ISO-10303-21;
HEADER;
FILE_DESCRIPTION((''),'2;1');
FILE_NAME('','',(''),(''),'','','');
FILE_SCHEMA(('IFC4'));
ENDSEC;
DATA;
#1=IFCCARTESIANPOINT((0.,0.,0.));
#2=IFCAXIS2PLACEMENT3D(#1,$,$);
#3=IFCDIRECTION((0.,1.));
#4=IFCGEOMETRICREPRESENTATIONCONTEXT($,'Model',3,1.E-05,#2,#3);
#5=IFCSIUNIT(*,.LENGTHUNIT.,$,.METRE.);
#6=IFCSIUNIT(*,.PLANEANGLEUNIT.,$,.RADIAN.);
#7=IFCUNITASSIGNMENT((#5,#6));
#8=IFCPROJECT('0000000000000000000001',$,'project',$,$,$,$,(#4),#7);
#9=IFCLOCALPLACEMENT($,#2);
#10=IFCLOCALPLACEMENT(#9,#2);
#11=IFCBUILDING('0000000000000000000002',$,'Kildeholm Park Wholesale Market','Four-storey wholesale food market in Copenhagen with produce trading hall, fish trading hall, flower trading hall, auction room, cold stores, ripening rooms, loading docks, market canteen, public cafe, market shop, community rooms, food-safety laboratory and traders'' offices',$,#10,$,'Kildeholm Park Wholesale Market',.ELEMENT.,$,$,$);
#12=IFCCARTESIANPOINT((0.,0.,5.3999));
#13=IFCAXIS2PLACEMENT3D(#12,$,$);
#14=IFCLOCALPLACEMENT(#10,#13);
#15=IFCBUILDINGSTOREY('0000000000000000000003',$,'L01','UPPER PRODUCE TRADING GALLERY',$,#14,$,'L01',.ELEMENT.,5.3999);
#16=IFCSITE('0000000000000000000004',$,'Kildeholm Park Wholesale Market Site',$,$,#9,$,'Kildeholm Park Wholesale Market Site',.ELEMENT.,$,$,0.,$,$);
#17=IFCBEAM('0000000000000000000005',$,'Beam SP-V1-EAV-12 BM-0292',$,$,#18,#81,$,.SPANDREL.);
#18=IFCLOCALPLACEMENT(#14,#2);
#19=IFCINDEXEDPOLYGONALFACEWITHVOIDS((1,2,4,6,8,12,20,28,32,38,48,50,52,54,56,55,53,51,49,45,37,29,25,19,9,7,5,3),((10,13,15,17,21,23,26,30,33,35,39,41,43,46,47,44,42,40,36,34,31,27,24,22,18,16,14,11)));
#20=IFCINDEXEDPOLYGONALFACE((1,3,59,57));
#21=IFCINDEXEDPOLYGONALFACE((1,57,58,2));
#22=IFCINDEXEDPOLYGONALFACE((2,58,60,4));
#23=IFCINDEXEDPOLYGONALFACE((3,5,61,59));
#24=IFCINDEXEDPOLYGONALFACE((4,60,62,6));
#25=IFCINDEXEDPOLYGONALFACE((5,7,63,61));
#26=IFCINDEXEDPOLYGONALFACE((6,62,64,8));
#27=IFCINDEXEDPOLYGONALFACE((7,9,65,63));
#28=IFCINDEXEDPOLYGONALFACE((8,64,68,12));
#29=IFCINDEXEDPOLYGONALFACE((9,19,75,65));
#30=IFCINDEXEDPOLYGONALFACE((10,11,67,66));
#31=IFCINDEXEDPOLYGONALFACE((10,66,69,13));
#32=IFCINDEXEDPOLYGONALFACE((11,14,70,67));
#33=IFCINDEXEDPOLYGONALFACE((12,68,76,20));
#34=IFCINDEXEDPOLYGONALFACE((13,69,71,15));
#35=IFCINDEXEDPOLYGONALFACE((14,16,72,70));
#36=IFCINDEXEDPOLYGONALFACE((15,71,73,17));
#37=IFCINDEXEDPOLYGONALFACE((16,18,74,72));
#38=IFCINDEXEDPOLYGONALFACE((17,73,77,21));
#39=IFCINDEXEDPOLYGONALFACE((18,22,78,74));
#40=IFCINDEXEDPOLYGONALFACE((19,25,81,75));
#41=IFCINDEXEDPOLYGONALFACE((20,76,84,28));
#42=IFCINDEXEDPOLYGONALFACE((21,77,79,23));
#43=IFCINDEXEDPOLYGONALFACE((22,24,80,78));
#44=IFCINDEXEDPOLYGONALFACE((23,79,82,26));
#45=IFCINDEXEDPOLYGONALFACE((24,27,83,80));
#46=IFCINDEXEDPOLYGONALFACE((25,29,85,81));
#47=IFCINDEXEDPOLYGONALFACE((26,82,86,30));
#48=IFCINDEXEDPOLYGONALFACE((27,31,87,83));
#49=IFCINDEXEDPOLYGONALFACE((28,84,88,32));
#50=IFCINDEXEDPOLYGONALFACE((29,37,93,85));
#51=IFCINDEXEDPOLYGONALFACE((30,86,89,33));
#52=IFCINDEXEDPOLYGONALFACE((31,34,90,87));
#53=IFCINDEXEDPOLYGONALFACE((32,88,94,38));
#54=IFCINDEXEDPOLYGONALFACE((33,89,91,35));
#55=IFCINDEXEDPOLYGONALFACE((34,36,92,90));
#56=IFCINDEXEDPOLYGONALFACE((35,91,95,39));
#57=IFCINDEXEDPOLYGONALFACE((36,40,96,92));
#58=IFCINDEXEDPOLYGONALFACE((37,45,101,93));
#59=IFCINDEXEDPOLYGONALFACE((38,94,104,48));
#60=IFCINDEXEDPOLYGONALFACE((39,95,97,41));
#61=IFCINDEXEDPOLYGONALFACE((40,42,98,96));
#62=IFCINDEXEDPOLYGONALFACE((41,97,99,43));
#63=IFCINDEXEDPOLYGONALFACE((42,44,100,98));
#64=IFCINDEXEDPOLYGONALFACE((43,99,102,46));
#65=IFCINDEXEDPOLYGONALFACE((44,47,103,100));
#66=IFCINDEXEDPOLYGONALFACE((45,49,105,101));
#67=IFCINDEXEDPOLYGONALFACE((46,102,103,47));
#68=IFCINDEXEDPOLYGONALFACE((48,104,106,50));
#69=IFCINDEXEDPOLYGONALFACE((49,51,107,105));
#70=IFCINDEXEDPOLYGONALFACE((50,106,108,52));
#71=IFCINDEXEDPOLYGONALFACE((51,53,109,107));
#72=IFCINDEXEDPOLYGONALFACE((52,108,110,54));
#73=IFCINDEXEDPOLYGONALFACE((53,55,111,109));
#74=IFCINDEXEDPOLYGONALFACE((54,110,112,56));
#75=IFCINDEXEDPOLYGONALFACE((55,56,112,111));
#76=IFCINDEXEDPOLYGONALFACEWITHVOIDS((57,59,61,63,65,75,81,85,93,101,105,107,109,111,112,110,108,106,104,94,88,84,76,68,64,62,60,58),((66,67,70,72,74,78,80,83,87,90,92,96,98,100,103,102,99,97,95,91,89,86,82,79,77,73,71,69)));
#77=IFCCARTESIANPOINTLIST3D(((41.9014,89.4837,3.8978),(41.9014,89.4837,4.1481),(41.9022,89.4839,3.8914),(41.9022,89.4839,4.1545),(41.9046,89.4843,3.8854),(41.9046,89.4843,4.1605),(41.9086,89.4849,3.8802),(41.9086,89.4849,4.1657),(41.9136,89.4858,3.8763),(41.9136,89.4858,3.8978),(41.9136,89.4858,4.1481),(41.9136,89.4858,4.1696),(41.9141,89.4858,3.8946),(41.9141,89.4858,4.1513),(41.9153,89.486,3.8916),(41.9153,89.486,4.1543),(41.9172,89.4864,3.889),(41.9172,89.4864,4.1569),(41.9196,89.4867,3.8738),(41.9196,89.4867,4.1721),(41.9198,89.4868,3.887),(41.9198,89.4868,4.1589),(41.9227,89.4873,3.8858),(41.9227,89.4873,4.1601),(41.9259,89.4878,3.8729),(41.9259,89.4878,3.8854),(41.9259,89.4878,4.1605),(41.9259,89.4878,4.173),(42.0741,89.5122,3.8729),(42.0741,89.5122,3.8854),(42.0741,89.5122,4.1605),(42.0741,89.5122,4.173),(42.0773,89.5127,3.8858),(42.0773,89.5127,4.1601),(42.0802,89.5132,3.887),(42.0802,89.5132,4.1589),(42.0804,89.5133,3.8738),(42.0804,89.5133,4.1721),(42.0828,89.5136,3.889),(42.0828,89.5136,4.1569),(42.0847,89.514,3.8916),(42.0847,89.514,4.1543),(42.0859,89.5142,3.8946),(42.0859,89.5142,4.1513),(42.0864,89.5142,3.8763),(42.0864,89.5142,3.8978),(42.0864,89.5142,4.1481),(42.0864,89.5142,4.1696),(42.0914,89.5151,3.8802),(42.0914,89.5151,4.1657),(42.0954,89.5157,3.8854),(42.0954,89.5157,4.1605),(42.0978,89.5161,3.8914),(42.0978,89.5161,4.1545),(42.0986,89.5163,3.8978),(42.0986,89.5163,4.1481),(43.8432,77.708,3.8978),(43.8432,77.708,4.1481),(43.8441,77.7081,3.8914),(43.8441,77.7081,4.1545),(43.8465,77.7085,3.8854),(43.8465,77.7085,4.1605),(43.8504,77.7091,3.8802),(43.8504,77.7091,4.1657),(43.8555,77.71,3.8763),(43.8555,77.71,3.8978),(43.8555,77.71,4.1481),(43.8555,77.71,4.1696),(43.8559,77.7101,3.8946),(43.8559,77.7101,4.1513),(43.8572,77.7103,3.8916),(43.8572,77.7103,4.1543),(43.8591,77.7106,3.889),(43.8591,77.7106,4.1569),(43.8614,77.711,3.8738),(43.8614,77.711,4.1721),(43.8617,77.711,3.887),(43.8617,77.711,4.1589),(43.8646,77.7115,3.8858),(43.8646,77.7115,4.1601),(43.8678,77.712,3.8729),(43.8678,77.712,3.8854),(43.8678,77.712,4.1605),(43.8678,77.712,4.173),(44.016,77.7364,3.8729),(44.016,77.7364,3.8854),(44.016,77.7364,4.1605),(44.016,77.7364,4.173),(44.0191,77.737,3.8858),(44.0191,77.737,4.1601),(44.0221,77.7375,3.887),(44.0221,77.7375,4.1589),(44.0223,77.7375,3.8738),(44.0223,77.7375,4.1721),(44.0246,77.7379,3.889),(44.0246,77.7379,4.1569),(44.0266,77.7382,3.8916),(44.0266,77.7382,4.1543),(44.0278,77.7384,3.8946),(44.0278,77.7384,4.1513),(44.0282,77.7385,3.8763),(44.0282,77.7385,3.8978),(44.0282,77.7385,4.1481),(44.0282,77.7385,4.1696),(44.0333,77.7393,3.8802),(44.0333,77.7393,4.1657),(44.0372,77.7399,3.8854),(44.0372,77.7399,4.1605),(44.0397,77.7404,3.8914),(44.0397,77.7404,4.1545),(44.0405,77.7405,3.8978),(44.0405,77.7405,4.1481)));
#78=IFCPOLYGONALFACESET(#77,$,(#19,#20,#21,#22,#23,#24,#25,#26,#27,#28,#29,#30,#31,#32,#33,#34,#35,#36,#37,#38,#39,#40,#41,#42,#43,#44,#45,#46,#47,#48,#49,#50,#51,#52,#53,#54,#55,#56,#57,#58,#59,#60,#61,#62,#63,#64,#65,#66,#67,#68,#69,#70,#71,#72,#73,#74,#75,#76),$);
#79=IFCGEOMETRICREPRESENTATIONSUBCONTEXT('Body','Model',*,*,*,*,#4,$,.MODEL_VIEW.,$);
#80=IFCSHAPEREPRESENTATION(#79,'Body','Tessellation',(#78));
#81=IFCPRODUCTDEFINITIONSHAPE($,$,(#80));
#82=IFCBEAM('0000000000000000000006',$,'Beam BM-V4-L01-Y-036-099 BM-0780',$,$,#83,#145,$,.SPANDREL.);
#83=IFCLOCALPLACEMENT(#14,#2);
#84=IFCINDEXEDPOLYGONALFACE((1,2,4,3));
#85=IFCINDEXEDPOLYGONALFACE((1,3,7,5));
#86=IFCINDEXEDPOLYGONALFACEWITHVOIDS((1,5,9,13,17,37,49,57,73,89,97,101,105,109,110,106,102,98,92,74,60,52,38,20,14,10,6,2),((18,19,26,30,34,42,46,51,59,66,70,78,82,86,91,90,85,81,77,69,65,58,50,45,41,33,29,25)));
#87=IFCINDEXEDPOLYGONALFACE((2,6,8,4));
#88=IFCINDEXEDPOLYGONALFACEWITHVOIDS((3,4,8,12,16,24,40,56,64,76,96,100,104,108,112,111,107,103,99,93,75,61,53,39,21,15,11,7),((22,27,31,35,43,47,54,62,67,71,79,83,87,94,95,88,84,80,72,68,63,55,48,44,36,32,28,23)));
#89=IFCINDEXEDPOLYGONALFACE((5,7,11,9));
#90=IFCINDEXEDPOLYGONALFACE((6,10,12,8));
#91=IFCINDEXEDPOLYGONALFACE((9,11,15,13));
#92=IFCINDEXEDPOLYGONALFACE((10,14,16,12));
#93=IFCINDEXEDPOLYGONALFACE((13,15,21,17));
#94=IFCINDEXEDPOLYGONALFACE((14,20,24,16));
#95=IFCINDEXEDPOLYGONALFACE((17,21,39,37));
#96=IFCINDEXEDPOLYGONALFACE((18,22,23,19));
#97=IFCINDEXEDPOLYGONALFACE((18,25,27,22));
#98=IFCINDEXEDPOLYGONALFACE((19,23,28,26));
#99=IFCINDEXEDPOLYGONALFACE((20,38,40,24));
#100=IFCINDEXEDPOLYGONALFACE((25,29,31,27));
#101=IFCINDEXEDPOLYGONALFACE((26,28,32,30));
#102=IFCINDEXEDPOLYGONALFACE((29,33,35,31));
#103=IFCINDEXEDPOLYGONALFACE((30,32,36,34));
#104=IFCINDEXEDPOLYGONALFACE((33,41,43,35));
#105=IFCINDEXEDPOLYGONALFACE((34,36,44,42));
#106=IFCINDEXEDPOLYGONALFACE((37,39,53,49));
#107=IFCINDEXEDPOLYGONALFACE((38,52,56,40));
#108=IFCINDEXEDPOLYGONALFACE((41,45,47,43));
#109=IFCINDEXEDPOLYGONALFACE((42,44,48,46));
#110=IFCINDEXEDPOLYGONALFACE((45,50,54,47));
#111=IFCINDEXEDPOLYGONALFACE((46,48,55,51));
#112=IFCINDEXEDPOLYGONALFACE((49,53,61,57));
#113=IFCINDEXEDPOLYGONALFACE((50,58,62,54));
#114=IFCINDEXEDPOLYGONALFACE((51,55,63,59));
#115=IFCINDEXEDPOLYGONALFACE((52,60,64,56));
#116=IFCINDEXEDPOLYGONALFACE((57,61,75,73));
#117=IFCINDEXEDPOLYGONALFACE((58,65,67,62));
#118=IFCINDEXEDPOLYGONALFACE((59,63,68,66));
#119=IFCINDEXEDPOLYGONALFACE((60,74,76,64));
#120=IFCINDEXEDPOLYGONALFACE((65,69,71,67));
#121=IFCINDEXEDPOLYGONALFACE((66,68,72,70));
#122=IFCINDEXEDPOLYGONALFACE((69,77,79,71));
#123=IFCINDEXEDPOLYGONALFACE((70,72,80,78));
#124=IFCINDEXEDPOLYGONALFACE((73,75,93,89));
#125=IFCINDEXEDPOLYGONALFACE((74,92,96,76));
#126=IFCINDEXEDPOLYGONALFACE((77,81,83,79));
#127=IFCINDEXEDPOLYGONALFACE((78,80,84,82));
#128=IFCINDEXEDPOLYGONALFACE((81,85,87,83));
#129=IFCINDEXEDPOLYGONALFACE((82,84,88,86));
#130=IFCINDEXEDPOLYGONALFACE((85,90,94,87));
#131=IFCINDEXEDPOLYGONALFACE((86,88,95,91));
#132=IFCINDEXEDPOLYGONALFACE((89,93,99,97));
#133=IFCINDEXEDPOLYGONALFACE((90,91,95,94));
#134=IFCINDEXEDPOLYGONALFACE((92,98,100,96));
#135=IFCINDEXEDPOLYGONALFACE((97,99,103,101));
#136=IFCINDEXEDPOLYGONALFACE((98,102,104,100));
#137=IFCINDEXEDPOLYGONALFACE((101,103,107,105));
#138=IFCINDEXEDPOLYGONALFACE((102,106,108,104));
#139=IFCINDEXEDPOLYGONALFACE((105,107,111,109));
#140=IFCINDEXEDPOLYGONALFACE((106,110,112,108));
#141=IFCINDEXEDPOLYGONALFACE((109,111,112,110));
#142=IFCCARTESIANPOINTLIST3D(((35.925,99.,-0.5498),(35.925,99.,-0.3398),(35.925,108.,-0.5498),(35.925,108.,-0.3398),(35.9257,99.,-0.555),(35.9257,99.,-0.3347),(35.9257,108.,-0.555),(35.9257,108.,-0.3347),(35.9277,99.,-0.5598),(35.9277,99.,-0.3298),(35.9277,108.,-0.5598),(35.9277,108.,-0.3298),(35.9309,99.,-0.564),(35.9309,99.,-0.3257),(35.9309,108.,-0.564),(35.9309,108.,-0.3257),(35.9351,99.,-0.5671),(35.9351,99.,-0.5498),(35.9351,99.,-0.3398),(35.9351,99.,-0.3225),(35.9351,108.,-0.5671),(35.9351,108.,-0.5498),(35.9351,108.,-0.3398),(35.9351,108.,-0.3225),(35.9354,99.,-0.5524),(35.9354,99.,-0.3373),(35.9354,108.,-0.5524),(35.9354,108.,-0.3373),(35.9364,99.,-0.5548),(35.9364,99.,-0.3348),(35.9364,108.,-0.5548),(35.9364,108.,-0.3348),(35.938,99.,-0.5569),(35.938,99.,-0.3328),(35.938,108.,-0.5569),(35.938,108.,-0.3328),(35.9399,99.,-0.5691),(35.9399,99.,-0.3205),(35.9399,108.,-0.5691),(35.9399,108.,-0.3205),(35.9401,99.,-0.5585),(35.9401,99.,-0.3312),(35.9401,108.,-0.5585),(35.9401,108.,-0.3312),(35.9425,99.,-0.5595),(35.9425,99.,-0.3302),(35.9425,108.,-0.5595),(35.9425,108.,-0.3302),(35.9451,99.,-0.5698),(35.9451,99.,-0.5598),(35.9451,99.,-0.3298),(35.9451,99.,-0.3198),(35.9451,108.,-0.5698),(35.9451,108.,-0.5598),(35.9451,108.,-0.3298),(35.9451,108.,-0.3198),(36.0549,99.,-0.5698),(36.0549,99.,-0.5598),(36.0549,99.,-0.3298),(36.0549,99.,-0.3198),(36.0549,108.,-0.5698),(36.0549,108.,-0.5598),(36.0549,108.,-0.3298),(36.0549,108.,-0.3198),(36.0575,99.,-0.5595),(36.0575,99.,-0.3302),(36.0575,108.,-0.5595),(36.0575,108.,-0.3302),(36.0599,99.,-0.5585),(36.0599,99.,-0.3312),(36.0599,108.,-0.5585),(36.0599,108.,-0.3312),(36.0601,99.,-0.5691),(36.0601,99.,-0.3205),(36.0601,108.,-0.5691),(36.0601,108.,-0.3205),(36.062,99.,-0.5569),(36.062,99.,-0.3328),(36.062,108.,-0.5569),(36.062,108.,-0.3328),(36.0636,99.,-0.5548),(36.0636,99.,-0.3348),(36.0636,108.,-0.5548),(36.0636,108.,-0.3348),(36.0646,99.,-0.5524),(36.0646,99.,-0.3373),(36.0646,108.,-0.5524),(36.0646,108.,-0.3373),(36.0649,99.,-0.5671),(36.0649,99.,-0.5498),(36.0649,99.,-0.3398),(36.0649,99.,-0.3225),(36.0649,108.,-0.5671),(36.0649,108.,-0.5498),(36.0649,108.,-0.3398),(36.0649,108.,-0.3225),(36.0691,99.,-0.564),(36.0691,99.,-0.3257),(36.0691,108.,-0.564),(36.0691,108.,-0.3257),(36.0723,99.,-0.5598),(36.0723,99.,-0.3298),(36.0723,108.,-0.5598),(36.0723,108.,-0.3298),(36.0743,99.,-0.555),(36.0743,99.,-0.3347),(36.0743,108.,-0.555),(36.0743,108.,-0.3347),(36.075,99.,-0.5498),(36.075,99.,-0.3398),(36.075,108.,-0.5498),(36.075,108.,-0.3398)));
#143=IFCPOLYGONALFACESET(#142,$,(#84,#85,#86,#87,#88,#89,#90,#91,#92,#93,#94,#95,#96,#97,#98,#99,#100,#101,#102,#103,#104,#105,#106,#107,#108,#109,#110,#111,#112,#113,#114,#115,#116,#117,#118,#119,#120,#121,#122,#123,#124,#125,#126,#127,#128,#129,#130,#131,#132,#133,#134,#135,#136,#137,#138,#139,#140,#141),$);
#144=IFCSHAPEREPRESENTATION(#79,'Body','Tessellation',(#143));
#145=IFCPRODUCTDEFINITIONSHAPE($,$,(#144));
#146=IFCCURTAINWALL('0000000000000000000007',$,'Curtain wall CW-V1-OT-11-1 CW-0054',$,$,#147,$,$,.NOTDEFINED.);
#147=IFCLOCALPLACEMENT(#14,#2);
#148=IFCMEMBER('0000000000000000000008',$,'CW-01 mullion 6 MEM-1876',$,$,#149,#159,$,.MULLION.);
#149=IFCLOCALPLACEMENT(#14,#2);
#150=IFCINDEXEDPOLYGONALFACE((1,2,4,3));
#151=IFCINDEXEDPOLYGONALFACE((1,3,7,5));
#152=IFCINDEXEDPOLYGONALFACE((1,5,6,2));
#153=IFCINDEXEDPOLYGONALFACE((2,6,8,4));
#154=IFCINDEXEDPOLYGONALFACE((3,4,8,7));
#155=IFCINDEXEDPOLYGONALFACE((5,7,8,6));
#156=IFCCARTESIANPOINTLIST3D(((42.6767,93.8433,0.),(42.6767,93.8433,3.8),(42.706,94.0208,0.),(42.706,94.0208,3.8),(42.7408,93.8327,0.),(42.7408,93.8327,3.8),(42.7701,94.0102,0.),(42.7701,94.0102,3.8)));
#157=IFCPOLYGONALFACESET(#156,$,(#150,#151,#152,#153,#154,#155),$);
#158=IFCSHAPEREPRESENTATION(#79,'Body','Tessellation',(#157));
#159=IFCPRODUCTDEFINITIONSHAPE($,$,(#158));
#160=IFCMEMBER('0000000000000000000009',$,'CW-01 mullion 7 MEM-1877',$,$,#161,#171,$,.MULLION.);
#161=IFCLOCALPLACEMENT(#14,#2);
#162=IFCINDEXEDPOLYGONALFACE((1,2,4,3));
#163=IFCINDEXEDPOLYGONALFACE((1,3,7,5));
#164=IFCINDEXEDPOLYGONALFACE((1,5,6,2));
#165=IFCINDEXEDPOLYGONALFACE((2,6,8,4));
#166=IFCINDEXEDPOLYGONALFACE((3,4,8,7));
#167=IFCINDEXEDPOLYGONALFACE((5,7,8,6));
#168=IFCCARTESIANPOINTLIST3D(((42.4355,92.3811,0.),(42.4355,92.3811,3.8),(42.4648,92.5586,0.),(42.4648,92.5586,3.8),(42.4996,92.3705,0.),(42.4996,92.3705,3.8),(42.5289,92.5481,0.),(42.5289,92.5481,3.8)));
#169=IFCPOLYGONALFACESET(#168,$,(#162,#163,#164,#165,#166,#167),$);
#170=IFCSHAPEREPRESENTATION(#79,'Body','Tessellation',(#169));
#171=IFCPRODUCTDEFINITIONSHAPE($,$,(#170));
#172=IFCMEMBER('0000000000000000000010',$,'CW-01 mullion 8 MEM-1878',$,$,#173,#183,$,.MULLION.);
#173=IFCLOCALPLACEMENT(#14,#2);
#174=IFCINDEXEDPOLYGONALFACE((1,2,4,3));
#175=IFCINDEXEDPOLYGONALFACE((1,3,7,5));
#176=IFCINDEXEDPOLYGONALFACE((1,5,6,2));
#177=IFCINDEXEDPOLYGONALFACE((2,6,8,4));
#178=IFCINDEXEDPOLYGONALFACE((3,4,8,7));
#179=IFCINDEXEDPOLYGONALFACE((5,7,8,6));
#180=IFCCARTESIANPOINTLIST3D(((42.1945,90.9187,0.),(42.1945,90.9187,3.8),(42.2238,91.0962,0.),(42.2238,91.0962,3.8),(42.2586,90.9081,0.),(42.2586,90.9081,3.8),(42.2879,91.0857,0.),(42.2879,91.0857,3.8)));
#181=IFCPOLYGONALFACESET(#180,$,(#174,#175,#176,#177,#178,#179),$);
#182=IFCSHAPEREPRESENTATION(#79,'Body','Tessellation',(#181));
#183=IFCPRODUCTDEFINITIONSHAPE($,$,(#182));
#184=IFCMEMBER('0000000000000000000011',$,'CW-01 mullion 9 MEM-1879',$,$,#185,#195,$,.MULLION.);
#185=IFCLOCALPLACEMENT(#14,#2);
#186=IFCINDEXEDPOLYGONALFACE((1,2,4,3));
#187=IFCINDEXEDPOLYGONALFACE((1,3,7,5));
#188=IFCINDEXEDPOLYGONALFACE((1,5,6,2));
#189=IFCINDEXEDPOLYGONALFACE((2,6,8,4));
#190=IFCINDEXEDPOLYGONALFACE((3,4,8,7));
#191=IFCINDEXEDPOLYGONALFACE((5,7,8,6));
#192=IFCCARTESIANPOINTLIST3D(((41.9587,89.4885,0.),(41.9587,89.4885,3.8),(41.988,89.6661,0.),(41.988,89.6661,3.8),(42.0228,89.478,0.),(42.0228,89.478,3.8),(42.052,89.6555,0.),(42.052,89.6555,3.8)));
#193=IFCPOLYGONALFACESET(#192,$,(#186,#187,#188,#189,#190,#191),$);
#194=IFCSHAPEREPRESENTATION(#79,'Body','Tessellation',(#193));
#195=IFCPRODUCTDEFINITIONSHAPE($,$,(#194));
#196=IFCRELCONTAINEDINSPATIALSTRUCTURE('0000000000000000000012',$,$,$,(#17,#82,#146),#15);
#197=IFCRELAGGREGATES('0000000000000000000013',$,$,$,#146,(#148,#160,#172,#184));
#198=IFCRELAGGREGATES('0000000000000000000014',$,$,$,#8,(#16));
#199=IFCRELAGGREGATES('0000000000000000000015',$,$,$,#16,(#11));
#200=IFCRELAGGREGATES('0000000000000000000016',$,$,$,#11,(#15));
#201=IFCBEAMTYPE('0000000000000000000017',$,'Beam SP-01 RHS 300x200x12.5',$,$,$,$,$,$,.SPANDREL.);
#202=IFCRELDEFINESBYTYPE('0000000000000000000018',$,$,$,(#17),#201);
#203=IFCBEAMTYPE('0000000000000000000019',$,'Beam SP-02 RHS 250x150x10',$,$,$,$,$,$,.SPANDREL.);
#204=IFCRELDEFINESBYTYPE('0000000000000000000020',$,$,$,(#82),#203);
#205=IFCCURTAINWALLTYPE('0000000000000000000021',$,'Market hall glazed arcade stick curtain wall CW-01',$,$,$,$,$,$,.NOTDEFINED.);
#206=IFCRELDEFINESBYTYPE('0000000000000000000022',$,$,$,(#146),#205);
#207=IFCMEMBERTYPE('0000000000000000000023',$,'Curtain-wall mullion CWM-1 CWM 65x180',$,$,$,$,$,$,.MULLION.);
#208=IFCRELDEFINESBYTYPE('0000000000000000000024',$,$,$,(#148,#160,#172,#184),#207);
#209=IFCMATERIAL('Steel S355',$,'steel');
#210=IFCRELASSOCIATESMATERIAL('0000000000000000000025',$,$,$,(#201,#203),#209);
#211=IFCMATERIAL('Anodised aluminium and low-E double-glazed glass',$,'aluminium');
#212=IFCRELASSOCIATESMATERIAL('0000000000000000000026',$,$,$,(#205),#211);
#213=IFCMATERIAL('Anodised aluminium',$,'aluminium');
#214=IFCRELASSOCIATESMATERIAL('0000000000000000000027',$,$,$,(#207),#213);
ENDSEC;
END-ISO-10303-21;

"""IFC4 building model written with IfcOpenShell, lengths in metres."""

from ifc_helpers import new_model, si_unit, direction, frame, origin, origin_2d, place, context, subcontext, project, spatial, rectangle, hollow_rectangle, extrude, material, material_profile, profile_set, type_object, element, aggregate, save


model = new_model("IFC4")

# Units and contexts
model_context = context("Model", 3, precision=1e-05, world=origin(), true_north=direction((0.0, 1.0)))
body_context = subcontext(model_context, "Body", "Model", "MODEL_VIEW")
ifc_project = project(units=[si_unit("LENGTHUNIT", "METRE"), si_unit("PLANEANGLEUNIT", "RADIAN")], contexts=[model_context])

# Site, building, storey
site_placement = place(None, origin())
site = spatial("IfcSite", under=ifc_project, at=site_placement, Name="Kildeholm Park Wholesale Market Site", LongName="Kildeholm Park Wholesale Market Site", CompositionType="ELEMENT", RefElevation=0.0)
building_placement = place(site_placement, origin())
building = spatial("IfcBuilding", under=site, at=building_placement, Name="Kildeholm Park Wholesale Market", Description="Four-storey wholesale food market in Copenhagen with produce trading hall, fish trading hall, flower trading hall, auction room, cold stores, ripening rooms, loading docks, market canteen, public cafe, market shop, community rooms, food-safety laboratory and traders' offices", LongName="Kildeholm Park Wholesale Market", CompositionType="ELEMENT")
storey_placement = place(building_placement, frame((0.0, 0.0, 5.3999)))
storey = spatial("IfcBuildingStorey", under=building, at=storey_placement, Name="L01", Description="UPPER PRODUCE TRADING GALLERY", LongName="L01", CompositionType="ELEMENT", Elevation=5.3999)

# Shared definitions
ifc_material_1 = material(Name="Steel S355", Category="steel")

# Beams
ifc_material_profile_1 = material_profile(ifc_material_1, hollow_rectangle(XDim=0.2, YDim=0.3, WallThickness=0.0125, InnerFilletRadius=0.0125, OuterFilletRadius=0.0249, at=origin_2d()), Name="RHS 300x200x12.5")
ifc_profile_set_1 = profile_set([ifc_material_profile_1], Name="Steel S355")
beam_type_1 = type_object("IfcBeamType", Name="Beam SP-01 RHS 300x200x12.5", PredefinedType="SPANDREL", material=ifc_profile_set_1)
beam_1_placement = place(storey_placement, frame((42.0, 89.5, 4.0229), z_axis=(0.162707, -0.986674, 0.0), x_axis=(0.986674, 0.162707, 0.0)))
element("IfcBeam", 1, at=beam_1_placement, inside=storey, type_object=beam_type_1, Name="Beam SP-V1-EAV-12 BM-0292", PredefinedType="SPANDREL", context=body_context, shape_type="SweptSolid", body=[
    extrude(hollow_rectangle(XDim=0.2, YDim=0.3, WallThickness=0.0125, InnerFilletRadius=0.0125, OuterFilletRadius=0.0249, at=origin_2d()), origin(), (0.0, 0.0, 1.0), 11.9348),
])
ifc_material_profile_2 = material_profile(ifc_material_1, hollow_rectangle(XDim=0.1499, YDim=0.25, WallThickness=0.01, InnerFilletRadius=0.01, OuterFilletRadius=0.02, at=origin_2d()), Name="RHS 250x150x10")
ifc_profile_set_2 = profile_set([ifc_material_profile_2], Name="Steel S355")
beam_type_2 = type_object("IfcBeamType", Name="Beam SP-02 RHS 250x150x10", PredefinedType="SPANDREL", material=ifc_profile_set_2)
beam_2_placement = place(storey_placement, frame((36.0, 99.0, -0.4448), z_axis=(0.0, 1.0, 0.0), x_axis=(-1.0, 0.0, 0.0)))
element("IfcBeam", 2, at=beam_2_placement, inside=storey, type_object=beam_type_2, Name="Beam BM-V4-L01-Y-036-099 BM-0780", PredefinedType="SPANDREL", context=body_context, shape_type="SweptSolid", body=[
    extrude(hollow_rectangle(XDim=0.1499, YDim=0.25, WallThickness=0.01, InnerFilletRadius=0.01, OuterFilletRadius=0.02, at=origin_2d()), origin(), (0.0, 0.0, 1.0), 9.0),
])

# Curtain wall, members
ifc_material_2 = material(Name="Anodised aluminium and low-E double-glazed glass", Category="aluminium")
curtain_wall_type = type_object("IfcCurtainWallType", Name="Market hall glazed arcade stick curtain wall CW-01", PredefinedType="NOTDEFINED", material=ifc_material_2)
curtain_wall_1_placement = place(storey_placement, origin())
curtain_wall_1 = element("IfcCurtainWall", 3, at=curtain_wall_1_placement, inside=storey, type_object=curtain_wall_type, Name="Curtain wall CW-V1-OT-11-1 CW-0054", PredefinedType="NOTDEFINED")
ifc_material_3 = material(Name="Anodised aluminium", Category="aluminium")
ifc_material_profile_3 = material_profile(ifc_material_3, rectangle(XDim=0.0649, YDim=0.1799, at=origin_2d()), Name="CWM 65x180")
ifc_profile_set_3 = profile_set([ifc_material_profile_3], Name="Anodised aluminium")
member_type_1 = type_object("IfcMemberType", Name="Curtain-wall mullion CWM-1 CWM 65x180", PredefinedType="MULLION", material=ifc_profile_set_3)
member_1_placement = place(storey_placement, frame((42.7234, 93.9268, 0.0), z_axis=(0.0, 0.0, 1.0), x_axis=(0.986675, -0.162703, 0.0)))
member_1 = element("IfcMember", 4, at=member_1_placement, type_object=member_type_1, Name="CW-01 mullion 6 MEM-1876", PredefinedType="MULLION", context=body_context, shape_type="SweptSolid", body=[
    extrude(rectangle(XDim=0.0649, YDim=0.1799, at=origin_2d()), origin(), (0.0, 0.0, 1.0), 3.8),
])
member_2_placement = place(storey_placement, frame((42.4822, 92.4646, 0.0), z_axis=(0.0, 0.0, 1.0), x_axis=(0.986675, -0.162703, 0.0)))
member_2 = element("IfcMember", 5, at=member_2_placement, type_object=member_type_1, Name="CW-01 mullion 7 MEM-1877", PredefinedType="MULLION", context=body_context, shape_type="SweptSolid", body=[
    extrude(rectangle(XDim=0.0649, YDim=0.1799, at=origin_2d()), origin(), (0.0, 0.0, 1.0), 3.8),
])
member_3_placement = place(storey_placement, frame((42.2412, 91.0022, 0.0), z_axis=(0.0, 0.0, 1.0), x_axis=(0.986675, -0.162703, 0.0)))
member_3 = element("IfcMember", 6, at=member_3_placement, type_object=member_type_1, Name="CW-01 mullion 8 MEM-1878", PredefinedType="MULLION", context=body_context, shape_type="SweptSolid", body=[
    extrude(rectangle(XDim=0.0649, YDim=0.1799, at=origin_2d()), origin(), (0.0, 0.0, 1.0), 3.8),
])
member_4_placement = place(storey_placement, frame((42.0054, 89.572, 0.0), z_axis=(0.0, 0.0, 1.0), x_axis=(0.986675, -0.162703, 0.0)))
member_4 = element("IfcMember", 7, at=member_4_placement, type_object=member_type_1, Name="CW-01 mullion 9 MEM-1879", PredefinedType="MULLION", context=body_context, shape_type="SweptSolid", body=[
    extrude(rectangle(XDim=0.0649, YDim=0.1799, at=origin_2d()), origin(), (0.0, 0.0, 1.0), 3.8),
])

aggregate(curtain_wall_1, [member_1, member_2, member_3, member_4])

save(model, "model.ifc")
